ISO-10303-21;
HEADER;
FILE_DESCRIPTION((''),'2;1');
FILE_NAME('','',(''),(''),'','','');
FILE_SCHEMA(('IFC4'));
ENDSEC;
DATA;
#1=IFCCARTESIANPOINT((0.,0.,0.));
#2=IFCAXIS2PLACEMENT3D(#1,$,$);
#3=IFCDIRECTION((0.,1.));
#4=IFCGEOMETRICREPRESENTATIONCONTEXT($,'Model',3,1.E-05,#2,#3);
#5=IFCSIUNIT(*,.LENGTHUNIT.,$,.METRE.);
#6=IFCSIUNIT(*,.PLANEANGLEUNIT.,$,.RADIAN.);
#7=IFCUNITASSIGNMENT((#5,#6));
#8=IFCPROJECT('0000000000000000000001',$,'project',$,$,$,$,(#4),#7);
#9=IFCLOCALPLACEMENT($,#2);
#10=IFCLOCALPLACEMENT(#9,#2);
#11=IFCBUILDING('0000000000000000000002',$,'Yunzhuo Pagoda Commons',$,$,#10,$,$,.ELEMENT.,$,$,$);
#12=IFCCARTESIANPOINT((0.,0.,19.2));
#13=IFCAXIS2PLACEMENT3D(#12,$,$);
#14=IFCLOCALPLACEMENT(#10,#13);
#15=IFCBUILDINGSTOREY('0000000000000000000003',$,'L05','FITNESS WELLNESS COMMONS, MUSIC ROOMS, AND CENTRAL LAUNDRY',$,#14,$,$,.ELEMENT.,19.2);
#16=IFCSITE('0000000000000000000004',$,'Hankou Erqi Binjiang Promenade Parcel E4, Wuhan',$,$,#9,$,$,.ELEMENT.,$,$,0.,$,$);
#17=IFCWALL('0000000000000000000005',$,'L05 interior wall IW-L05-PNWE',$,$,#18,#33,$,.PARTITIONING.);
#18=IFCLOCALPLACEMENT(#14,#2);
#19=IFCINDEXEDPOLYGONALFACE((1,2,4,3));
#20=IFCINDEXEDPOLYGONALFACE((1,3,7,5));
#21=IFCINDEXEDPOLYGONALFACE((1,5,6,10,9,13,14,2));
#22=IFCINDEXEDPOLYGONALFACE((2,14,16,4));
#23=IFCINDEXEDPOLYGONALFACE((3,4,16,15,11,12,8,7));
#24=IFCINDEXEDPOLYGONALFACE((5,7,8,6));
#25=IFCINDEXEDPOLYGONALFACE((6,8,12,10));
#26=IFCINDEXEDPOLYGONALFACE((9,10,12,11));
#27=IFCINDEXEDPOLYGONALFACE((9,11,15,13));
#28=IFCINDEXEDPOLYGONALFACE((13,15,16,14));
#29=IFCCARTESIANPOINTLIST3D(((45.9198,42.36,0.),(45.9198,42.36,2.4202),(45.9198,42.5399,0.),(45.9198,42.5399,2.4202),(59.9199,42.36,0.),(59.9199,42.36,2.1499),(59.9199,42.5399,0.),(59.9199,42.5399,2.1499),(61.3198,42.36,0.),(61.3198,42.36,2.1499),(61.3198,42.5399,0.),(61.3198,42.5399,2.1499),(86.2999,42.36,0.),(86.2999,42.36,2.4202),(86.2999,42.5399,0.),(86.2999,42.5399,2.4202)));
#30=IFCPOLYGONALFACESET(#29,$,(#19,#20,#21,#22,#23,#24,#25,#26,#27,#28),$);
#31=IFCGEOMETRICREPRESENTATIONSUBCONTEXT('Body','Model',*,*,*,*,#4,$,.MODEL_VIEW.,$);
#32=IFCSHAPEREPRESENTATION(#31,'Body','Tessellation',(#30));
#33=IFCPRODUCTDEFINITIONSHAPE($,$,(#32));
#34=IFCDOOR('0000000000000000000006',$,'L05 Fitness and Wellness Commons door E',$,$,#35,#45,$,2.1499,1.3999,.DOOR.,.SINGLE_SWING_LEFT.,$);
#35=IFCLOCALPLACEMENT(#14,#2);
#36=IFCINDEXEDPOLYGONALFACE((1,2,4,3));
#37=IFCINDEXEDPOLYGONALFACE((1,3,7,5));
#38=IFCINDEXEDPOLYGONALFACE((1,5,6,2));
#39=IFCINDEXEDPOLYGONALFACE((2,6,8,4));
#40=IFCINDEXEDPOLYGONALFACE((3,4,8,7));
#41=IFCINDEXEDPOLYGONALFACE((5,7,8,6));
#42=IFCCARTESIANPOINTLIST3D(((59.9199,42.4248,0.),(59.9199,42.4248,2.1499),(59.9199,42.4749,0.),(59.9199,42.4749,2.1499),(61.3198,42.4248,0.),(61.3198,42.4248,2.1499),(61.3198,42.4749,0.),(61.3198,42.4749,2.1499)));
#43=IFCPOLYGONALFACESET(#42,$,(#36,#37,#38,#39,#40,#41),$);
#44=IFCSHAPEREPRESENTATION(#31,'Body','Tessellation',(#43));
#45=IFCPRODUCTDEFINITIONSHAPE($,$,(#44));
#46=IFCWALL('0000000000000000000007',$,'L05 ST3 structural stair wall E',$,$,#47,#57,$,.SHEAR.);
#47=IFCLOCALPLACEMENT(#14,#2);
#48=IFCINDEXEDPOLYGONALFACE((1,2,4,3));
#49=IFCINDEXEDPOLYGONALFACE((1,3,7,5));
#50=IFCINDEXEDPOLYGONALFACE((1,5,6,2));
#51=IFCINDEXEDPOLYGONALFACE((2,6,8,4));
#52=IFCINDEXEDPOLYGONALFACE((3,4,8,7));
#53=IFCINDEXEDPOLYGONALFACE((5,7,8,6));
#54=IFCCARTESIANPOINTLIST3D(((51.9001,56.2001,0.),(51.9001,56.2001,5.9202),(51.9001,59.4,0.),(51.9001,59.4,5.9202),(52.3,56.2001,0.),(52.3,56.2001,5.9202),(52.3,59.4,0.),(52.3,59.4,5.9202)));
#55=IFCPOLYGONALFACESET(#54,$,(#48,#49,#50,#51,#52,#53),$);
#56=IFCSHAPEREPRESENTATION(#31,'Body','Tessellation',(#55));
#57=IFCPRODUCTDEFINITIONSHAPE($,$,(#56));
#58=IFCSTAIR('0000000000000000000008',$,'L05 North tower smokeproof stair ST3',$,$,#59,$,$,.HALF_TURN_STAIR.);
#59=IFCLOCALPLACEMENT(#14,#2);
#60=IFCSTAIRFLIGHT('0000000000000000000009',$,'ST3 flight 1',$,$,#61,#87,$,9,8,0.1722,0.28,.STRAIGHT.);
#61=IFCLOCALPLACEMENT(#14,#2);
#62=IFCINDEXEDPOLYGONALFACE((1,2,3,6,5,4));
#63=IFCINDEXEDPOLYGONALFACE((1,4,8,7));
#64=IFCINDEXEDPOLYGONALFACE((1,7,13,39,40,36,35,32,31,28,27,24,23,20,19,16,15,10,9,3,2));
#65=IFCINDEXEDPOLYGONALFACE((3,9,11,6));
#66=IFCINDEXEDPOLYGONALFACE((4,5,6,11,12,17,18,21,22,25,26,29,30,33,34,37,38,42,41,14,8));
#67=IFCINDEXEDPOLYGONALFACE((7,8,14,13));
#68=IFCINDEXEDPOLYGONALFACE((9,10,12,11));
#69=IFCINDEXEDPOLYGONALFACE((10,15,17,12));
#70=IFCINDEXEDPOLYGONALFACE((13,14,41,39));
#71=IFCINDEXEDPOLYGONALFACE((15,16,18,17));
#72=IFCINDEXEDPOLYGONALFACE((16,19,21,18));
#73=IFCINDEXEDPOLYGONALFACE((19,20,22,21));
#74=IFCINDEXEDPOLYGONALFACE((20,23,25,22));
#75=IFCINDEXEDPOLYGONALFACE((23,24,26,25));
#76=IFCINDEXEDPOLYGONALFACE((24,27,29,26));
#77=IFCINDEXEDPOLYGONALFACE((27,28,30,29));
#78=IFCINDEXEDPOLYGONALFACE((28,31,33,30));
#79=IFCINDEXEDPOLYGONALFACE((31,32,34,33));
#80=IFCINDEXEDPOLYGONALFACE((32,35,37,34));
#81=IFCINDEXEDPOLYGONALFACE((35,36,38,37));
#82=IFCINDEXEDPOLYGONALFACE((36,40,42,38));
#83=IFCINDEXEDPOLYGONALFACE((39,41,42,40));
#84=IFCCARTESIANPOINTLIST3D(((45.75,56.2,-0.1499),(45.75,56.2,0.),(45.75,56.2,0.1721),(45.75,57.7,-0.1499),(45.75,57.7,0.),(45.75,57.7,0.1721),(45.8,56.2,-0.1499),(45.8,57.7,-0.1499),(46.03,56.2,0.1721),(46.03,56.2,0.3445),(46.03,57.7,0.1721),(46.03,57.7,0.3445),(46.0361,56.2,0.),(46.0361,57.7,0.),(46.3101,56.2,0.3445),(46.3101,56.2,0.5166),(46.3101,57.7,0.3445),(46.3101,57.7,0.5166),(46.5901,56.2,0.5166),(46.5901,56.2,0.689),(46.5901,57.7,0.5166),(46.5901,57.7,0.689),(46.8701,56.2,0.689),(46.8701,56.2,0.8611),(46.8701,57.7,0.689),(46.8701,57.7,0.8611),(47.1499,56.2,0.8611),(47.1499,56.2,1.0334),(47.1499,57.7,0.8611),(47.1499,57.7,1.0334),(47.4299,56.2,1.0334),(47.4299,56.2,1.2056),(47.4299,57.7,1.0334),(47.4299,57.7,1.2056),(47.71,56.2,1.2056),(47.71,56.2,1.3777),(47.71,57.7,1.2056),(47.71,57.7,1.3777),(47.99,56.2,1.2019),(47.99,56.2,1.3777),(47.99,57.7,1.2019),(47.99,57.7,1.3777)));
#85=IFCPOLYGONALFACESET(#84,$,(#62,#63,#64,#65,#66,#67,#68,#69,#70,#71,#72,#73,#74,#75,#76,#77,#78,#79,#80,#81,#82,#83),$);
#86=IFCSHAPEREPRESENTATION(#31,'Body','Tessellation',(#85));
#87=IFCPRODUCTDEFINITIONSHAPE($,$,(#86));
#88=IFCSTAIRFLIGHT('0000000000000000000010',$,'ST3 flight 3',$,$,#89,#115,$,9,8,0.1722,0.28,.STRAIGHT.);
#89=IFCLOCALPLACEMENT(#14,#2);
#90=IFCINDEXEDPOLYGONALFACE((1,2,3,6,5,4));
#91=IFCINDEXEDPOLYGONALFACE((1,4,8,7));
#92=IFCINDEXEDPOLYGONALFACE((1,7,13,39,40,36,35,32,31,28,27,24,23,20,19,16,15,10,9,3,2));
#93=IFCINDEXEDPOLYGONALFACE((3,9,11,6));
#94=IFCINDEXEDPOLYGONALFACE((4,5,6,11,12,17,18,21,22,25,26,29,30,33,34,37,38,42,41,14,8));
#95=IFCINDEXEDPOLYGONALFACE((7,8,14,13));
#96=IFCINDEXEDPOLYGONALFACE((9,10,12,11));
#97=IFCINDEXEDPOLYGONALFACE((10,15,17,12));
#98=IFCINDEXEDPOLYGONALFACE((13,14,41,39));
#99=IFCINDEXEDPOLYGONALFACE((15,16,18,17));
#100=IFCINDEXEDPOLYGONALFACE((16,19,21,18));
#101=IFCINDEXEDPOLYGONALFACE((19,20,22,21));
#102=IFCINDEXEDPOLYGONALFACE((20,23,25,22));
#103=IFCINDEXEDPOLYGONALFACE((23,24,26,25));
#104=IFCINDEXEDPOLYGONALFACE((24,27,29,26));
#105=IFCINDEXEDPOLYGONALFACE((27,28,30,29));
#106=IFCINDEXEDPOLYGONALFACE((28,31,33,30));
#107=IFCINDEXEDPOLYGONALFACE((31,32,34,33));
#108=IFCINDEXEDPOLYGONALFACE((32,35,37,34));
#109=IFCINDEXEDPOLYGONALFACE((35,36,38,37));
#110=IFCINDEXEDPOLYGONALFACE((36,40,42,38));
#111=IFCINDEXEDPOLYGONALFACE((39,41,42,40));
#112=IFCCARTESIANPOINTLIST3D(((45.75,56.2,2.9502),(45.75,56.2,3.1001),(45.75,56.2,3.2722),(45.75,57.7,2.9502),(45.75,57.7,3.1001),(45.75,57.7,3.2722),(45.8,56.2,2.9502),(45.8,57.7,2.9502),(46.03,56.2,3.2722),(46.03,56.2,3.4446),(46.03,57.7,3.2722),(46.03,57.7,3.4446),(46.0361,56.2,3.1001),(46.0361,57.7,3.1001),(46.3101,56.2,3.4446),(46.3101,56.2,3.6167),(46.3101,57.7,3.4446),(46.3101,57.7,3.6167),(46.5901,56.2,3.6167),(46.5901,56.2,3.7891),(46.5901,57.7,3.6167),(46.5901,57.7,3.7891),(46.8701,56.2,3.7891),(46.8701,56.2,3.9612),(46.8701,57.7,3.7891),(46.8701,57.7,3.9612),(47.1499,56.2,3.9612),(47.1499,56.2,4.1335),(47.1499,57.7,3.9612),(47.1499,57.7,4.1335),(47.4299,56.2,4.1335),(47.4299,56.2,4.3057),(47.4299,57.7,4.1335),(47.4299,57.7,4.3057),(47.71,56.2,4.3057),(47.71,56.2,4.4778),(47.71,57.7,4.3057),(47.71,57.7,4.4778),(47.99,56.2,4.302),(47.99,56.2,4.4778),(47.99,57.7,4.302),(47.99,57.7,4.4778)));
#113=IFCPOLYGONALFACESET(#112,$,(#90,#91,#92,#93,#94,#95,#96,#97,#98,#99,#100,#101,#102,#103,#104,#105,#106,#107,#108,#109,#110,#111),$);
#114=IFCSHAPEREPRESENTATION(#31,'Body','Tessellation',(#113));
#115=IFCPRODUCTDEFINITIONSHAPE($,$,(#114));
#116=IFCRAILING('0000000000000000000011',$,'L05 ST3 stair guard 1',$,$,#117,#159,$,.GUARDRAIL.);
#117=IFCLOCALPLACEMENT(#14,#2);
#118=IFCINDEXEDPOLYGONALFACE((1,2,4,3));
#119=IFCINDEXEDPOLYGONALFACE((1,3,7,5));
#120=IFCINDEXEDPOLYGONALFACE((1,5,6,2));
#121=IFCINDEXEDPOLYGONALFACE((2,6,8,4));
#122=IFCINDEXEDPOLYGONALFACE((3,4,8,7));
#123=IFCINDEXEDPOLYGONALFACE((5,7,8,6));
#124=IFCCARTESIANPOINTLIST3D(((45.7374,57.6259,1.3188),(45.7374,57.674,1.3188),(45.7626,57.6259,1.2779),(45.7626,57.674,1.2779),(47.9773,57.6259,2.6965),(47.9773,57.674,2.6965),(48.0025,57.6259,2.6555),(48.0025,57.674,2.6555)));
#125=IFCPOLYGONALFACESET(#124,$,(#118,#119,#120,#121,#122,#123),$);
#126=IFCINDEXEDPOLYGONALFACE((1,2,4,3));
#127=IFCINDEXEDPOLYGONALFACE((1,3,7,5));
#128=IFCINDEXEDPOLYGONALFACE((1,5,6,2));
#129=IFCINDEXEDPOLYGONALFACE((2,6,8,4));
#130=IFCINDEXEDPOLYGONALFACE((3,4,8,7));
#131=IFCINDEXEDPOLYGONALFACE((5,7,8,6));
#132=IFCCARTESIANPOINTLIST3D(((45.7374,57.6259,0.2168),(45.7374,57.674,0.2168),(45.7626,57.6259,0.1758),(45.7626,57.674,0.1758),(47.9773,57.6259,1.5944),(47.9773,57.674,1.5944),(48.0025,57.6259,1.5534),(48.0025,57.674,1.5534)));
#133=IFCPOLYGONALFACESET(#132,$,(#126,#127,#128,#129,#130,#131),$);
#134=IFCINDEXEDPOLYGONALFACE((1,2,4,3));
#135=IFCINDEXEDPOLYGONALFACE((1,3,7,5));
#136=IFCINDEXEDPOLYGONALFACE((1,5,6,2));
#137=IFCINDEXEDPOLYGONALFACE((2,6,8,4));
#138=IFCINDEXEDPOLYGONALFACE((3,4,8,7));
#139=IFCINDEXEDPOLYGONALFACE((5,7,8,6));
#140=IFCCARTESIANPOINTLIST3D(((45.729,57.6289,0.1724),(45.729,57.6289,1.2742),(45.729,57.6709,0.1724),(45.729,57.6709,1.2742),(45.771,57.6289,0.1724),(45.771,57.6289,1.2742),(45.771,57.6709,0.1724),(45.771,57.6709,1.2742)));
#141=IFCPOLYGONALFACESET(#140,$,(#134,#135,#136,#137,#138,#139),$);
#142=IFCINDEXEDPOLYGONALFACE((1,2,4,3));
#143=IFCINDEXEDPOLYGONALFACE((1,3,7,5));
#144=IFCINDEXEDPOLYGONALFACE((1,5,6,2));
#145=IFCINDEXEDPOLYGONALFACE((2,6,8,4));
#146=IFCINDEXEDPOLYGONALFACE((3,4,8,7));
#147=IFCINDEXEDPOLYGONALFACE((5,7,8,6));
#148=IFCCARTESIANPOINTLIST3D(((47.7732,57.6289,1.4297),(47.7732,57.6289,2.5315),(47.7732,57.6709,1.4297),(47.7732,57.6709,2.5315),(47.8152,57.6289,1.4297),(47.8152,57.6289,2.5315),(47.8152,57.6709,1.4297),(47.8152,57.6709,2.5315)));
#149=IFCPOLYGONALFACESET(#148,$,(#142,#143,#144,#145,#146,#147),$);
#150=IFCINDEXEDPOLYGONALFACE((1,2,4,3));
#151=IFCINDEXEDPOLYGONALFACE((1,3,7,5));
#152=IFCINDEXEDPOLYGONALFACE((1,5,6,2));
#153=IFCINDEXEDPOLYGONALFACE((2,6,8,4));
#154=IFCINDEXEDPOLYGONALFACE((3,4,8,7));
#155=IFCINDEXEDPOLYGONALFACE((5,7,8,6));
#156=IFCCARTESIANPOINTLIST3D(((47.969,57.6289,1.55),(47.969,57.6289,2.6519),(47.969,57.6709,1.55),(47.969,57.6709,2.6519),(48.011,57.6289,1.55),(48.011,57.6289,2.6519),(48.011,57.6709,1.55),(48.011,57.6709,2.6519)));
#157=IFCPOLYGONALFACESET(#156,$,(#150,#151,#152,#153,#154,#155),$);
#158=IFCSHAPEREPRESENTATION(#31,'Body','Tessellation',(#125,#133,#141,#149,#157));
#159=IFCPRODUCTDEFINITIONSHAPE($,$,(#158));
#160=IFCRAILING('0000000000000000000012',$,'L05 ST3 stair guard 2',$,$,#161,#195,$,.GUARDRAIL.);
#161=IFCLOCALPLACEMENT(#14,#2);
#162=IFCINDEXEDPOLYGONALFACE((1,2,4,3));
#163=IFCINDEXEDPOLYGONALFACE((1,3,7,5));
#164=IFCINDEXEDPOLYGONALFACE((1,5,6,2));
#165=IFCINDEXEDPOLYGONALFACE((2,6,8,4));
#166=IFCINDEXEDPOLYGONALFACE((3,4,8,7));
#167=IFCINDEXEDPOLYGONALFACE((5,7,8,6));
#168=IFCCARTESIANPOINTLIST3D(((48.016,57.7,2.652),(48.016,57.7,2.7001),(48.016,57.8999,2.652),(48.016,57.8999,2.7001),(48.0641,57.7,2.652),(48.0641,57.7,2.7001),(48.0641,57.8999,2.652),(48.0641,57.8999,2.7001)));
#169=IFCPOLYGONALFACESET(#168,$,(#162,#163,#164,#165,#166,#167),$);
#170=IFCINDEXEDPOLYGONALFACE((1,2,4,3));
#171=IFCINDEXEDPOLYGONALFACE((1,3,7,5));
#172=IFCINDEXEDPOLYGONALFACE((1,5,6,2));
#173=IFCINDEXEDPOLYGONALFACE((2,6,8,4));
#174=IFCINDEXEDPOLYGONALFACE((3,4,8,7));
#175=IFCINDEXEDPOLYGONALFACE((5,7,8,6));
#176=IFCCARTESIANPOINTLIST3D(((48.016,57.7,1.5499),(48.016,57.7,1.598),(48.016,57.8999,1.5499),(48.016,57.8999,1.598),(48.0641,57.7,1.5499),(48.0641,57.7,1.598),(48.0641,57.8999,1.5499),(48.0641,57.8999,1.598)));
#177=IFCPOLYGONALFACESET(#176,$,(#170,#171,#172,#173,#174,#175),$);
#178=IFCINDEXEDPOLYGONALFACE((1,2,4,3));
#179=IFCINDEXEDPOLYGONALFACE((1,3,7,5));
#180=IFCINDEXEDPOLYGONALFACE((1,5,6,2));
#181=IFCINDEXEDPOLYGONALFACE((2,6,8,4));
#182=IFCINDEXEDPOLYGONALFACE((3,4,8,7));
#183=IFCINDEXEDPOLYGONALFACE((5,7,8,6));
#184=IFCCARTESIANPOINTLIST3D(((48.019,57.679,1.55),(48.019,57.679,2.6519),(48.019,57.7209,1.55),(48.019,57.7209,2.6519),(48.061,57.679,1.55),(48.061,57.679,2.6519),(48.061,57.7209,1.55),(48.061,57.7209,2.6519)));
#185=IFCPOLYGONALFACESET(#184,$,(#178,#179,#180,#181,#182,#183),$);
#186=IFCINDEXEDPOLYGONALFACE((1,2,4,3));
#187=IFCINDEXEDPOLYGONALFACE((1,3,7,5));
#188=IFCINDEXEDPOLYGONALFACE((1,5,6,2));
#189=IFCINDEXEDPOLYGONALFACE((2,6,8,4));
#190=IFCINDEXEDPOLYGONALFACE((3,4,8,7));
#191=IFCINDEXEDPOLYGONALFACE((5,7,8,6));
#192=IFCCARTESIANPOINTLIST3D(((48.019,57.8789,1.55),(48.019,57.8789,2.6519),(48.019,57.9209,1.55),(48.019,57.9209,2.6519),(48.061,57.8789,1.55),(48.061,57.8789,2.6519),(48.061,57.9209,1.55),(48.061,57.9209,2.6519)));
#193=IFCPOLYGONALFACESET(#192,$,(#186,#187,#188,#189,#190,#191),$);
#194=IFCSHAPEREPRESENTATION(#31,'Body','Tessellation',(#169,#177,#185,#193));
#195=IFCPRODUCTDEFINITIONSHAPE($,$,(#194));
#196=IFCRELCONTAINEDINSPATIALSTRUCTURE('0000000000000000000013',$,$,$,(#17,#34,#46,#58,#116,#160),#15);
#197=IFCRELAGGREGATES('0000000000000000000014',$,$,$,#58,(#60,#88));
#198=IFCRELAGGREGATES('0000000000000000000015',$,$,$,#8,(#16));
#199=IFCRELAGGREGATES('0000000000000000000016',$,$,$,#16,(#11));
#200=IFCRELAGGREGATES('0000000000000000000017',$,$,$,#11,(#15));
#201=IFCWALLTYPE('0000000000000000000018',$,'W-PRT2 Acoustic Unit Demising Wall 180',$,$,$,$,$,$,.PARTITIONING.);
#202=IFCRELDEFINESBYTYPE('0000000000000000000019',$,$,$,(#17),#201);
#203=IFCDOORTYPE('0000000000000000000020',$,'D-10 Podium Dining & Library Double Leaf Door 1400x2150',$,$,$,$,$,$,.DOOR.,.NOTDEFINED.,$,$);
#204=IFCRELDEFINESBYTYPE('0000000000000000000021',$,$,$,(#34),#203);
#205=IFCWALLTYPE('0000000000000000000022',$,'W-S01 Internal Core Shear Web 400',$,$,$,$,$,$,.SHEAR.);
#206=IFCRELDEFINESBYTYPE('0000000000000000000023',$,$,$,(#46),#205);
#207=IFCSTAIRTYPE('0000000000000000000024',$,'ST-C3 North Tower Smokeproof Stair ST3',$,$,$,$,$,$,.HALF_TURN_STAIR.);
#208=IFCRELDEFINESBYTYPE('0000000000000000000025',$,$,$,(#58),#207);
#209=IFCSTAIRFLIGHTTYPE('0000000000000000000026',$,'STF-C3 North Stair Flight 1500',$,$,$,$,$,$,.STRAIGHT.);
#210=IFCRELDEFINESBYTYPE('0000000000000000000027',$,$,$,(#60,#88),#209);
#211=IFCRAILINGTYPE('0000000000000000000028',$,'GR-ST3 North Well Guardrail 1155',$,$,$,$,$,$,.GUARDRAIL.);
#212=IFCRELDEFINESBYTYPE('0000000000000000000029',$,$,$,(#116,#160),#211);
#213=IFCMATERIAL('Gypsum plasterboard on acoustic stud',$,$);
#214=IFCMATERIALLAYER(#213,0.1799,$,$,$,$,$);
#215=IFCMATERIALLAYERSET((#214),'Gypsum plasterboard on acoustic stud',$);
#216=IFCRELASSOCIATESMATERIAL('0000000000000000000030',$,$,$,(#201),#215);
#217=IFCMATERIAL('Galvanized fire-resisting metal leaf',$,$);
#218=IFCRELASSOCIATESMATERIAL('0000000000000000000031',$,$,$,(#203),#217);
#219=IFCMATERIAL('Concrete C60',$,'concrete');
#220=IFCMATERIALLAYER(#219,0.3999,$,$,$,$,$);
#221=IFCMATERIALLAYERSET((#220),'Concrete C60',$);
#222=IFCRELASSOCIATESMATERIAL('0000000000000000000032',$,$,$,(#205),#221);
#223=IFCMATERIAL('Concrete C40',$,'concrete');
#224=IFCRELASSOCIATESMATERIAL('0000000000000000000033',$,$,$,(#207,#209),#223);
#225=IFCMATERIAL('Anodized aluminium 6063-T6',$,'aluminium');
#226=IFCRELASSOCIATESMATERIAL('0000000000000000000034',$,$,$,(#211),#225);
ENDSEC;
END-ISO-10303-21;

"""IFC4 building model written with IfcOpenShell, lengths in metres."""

from ifc_helpers import new_model, si_unit, direction, frame, frame_2d, origin, origin_with_axes, origin_2d, place, context, subcontext, project, spatial, polyline, rectangle, outline, extrude, source, transform, mapped, material, layer, layer_set, type_object, element, fill, aggregate, save


model = new_model("IFC4")

# Units and contexts
model_context = context("Model", 3, precision=1e-05, world=origin(), true_north=direction((0.0, 1.0)))
body_context = subcontext(model_context, "Body", "Model", "MODEL_VIEW")
ifc_project = project(units=[si_unit("LENGTHUNIT", "METRE"), si_unit("PLANEANGLEUNIT", "RADIAN")], contexts=[model_context])

# Site, building, storey
site_placement = place(None, origin())
site = spatial("IfcSite", under=ifc_project, at=site_placement, Name="Hankou Erqi Binjiang Promenade Parcel E4, Wuhan", CompositionType="ELEMENT", RefElevation=0.0)
building_placement = place(site_placement, origin())
building = spatial("IfcBuilding", under=site, at=building_placement, Name="Yunzhuo Pagoda Commons", CompositionType="ELEMENT")
storey_placement = place(building_placement, frame((0.0, 0.0, 19.2)))
storey = spatial("IfcBuildingStorey", under=building, at=storey_placement, Name="L05", Description="FITNESS WELLNESS COMMONS, MUSIC ROOMS, AND CENTRAL LAUNDRY", CompositionType="ELEMENT", Elevation=19.2)

# Shared definitions
ifc_material_1 = material(Name="Concrete C60", Category="concrete")
ifc_material_2 = material(Name="Galvanized fire-resisting metal leaf")

# Shared definitions
ifc_material_3 = material(Name="Gypsum plasterboard on acoustic stud")

# Wall, opening, door
ifc_layer_1 = layer(ifc_material_3, 0.1799)
ifc_layer_set_1 = layer_set([ifc_layer_1], Name="Gypsum plasterboard on acoustic stud")
wall_type_1 = type_object("IfcWallType", Name="W-PRT2 Acoustic Unit Demising Wall 180", PredefinedType="PARTITIONING", material=ifc_layer_set_1)
wall_1_placement = place(storey_placement, frame((45.9199, 42.45, 0.0), z_axis=(0.0, 0.0, 1.0), x_axis=(1.0, 0.0, 0.0)))
wall_1 = element("IfcWall", 1, at=wall_1_placement, inside=storey, type_object=wall_type_1, Name="L05 interior wall IW-L05-PNWE", PredefinedType="PARTITIONING", context=body_context, shape_type="SweptSolid", body=[
    extrude(rectangle(XDim=40.3801, YDim=0.1799, at=frame_2d((20.1899, 0.0))), origin(), (0.0, 0.0, 1.0), 2.4202),
])
opening_1_placement = place(wall_1_placement, frame((14.0, 0.0, 0.0)))
opening_1 = element("IfcOpeningElement", 2, at=opening_1_placement, cuts=wall_1, PredefinedType="OPENING", context=body_context, shape_type="SweptSolid", body=[
    extrude(rectangle(XDim=1.3999, YDim=2.1499, at=frame_2d((0.7, 1.075))), frame((0.0, 0.1001, 0.0), z_axis=(0.0, -1.0, 0.0), x_axis=(1.0, 0.0, 0.0)), (0.0, 0.0, 1.0), 0.2),
])
door_type_1 = type_object("IfcDoorType", Name="D-10 Podium Dining & Library Double Leaf Door 1400x2150", OperationType="NOTDEFINED", PredefinedType="DOOR", material=ifc_material_2)
shared_shape_1 = source(origin(), body_context, "Body", "SweptSolid", [
    extrude(rectangle(XDim=1.3999, YDim=2.1499, at=frame_2d((0.7, 1.075))), frame((0.0, 0.0249, 0.0), z_axis=(0.0, -1.0, 0.0), x_axis=(1.0, 0.0, 0.0)), (0.0, 0.0, 1.0), 0.05),
])
door_1_placement = place(opening_1_placement, origin_with_axes())
door_1 = element("IfcDoor", 3, at=door_1_placement, inside=storey, type_object=door_type_1, Name="L05 Fitness and Wellness Commons door E", OperationType="SINGLE_SWING_LEFT", OverallHeight=2.1499, OverallWidth=1.3999, PredefinedType="DOOR", context=body_context, shape_type="MappedRepresentation", body=[
    mapped(shared_shape_1, transform((0.0, 0.0, 0.0), scale=1.0)),
])
fill(opening_1, door_1)

# Wall
ifc_layer_2 = layer(ifc_material_1, 0.3999)
ifc_layer_set_2 = layer_set([ifc_layer_2], Name="Concrete C60")
wall_type_2 = type_object("IfcWallType", Name="W-S01 Internal Core Shear Web 400", PredefinedType="SHEAR", material=ifc_layer_set_2)
wall_2_placement = place(storey_placement, frame((52.1001, 56.2, 0.0), z_axis=(0.0, 0.0, 1.0), x_axis=(0.0, 1.0, 0.0)))
element("IfcWall", 4, at=wall_2_placement, inside=storey, type_object=wall_type_2, Name="L05 ST3 structural stair wall E", PredefinedType="SHEAR", context=body_context, shape_type="SweptSolid", body=[
    extrude(rectangle(XDim=3.2, YDim=0.3999, at=frame_2d((1.6001, 0.0))), origin(), (0.0, 0.0, 1.0), 5.9202),
])

# Stair, stair flights
ifc_material_4 = material(Name="Concrete C40", Category="concrete")
stair_type = type_object("IfcStairType", Name="ST-C3 North Tower Smokeproof Stair ST3", PredefinedType="HALF_TURN_STAIR", material=ifc_material_4)
stair_placement = place(storey_placement, origin())
stair = element("IfcStair", 5, at=stair_placement, inside=storey, type_object=stair_type, Name="L05 North tower smokeproof stair ST3", PredefinedType="HALF_TURN_STAIR")
stair_flight_type = type_object("IfcStairFlightType", Name="STF-C3 North Stair Flight 1500", PredefinedType="STRAIGHT", material=ifc_material_4)
shared_shape_2 = source(origin(), body_context, "Body", "SweptSolid", [
    extrude(outline(polyline([(0.0, -0.1499), (0.0, 0.0), (0.0, 0.1721), (0.28, 0.1721), (0.28, 0.3445), (0.5601, 0.3445), (0.5601, 0.5166), (0.8401, 0.5166), (0.8401, 0.689), (1.1201, 0.689), (1.1201, 0.8611), (1.3999, 0.8611), (1.3999, 1.0334), (1.6799, 1.0334), (1.6799, 1.2056), (1.96, 1.2056), (1.96, 1.3777), (2.24, 1.3777), (2.24, 1.55), (2.24, 1.2019), (0.2861, 0.0), (0.05, -0.1499), (0.0, -0.1499)])), frame((0.0, 0.75, 0.0), z_axis=(0.0, -1.0, 0.0), x_axis=(1.0, 0.0, 0.0)), (0.0, 0.0, 1.0), 1.5),
])
stair_flight_1_placement = place(storey_placement, frame((45.75, 56.95, 0.0), z_axis=(0.0, 0.0, 1.0), x_axis=(1.0, 0.0, 0.0)))
stair_flight_1 = element("IfcStairFlight", 6, at=stair_flight_1_placement, type_object=stair_flight_type, Name="ST3 flight 1", NumberOfRisers=9, NumberOfTreads=8, PredefinedType="STRAIGHT", RiserHeight=0.1722, TreadLength=0.28, context=body_context, shape_type="MappedRepresentation", body=[
    mapped(shared_shape_2, transform((0.0, 0.0, 0.0), scale=1.0)),
])
stair_flight_2_placement = place(storey_placement, frame((45.75, 56.95, 3.1001), z_axis=(0.0, 0.0, 1.0), x_axis=(1.0, 0.0, 0.0)))
stair_flight_2 = element("IfcStairFlight", 7, at=stair_flight_2_placement, type_object=stair_flight_type, Name="ST3 flight 3", NumberOfRisers=9, NumberOfTreads=8, PredefinedType="STRAIGHT", RiserHeight=0.1722, TreadLength=0.28, context=body_context, shape_type="MappedRepresentation", body=[
    mapped(shared_shape_2, transform((0.0, 0.0, 0.0), scale=1.0)),
])
aggregate(stair, [stair_flight_1, stair_flight_2])

# Railings
ifc_material_5 = material(Name="Anodized aluminium 6063-T6", Category="aluminium")
railing_type_1 = type_object("IfcRailingType", Name="GR-ST3 North Well Guardrail 1155", PredefinedType="GUARDRAIL", material=ifc_material_5)
railing_1_placement = place(storey_placement, frame((45.75, 57.6499, 0.1724)))
element("IfcRailing", 8, at=railing_1_placement, inside=storey, type_object=railing_type_1, Name="L05 ST3 stair guard 1", PredefinedType="GUARDRAIL", context=body_context, shape_type="SweptSolid", body=[
    extrude(rectangle(XDim=0.0481, YDim=0.0481, at=origin_2d()), frame((0.0, 0.0, 1.126), z_axis=(0.851789, 0.0, 0.523885), x_axis=(0.0, 1.0, 0.0)), (0.0, 0.0, 1.0), 2.6296),
    extrude(rectangle(XDim=0.0481, YDim=0.0481, at=origin_2d()), frame((0.0, 0.0, 0.0239), z_axis=(0.851789, 0.0, 0.523885), x_axis=(0.0, 1.0, 0.0)), (0.0, 0.0, 1.0), 2.6296),
    extrude(rectangle(XDim=0.042, YDim=0.042, at=origin_2d()), origin(), (0.0, 0.0, 1.0), 1.1018),
    extrude(rectangle(XDim=0.042, YDim=0.042, at=origin_2d()), frame((2.0442, 0.0, 1.2573)), (0.0, 0.0, 1.0), 1.1018),
    extrude(rectangle(XDim=0.042, YDim=0.042, at=origin_2d()), frame((2.24, 0.0, 1.3777)), (0.0, 0.0, 1.0), 1.1018),
])
railing_2_placement = place(storey_placement, frame((48.04, 57.7, 1.55)))
element("IfcRailing", 9, at=railing_2_placement, inside=storey, type_object=railing_type_1, Name="L05 ST3 stair guard 2", PredefinedType="GUARDRAIL", context=body_context, shape_type="SweptSolid", body=[
    extrude(rectangle(XDim=0.0481, YDim=0.0481, at=origin_2d()), frame((0.0, 0.0, 1.126), z_axis=(0.0, 1.0, 0.0), x_axis=(-1.0, 0.0, 0.0)), (0.0, 0.0, 1.0), 0.2),
    extrude(rectangle(XDim=0.0481, YDim=0.0481, at=origin_2d()), frame((0.0, 0.0, 0.0239), z_axis=(0.0, 1.0, 0.0), x_axis=(-1.0, 0.0, 0.0)), (0.0, 0.0, 1.0), 0.2),
    extrude(rectangle(XDim=0.042, YDim=0.042, at=origin_2d()), origin(), (0.0, 0.0, 1.0), 1.1018),
    extrude(rectangle(XDim=0.042, YDim=0.042, at=origin_2d()), frame((0.0, 0.2, 0.0)), (0.0, 0.0, 1.0), 1.1018),
])

save(model, "model.ifc")
